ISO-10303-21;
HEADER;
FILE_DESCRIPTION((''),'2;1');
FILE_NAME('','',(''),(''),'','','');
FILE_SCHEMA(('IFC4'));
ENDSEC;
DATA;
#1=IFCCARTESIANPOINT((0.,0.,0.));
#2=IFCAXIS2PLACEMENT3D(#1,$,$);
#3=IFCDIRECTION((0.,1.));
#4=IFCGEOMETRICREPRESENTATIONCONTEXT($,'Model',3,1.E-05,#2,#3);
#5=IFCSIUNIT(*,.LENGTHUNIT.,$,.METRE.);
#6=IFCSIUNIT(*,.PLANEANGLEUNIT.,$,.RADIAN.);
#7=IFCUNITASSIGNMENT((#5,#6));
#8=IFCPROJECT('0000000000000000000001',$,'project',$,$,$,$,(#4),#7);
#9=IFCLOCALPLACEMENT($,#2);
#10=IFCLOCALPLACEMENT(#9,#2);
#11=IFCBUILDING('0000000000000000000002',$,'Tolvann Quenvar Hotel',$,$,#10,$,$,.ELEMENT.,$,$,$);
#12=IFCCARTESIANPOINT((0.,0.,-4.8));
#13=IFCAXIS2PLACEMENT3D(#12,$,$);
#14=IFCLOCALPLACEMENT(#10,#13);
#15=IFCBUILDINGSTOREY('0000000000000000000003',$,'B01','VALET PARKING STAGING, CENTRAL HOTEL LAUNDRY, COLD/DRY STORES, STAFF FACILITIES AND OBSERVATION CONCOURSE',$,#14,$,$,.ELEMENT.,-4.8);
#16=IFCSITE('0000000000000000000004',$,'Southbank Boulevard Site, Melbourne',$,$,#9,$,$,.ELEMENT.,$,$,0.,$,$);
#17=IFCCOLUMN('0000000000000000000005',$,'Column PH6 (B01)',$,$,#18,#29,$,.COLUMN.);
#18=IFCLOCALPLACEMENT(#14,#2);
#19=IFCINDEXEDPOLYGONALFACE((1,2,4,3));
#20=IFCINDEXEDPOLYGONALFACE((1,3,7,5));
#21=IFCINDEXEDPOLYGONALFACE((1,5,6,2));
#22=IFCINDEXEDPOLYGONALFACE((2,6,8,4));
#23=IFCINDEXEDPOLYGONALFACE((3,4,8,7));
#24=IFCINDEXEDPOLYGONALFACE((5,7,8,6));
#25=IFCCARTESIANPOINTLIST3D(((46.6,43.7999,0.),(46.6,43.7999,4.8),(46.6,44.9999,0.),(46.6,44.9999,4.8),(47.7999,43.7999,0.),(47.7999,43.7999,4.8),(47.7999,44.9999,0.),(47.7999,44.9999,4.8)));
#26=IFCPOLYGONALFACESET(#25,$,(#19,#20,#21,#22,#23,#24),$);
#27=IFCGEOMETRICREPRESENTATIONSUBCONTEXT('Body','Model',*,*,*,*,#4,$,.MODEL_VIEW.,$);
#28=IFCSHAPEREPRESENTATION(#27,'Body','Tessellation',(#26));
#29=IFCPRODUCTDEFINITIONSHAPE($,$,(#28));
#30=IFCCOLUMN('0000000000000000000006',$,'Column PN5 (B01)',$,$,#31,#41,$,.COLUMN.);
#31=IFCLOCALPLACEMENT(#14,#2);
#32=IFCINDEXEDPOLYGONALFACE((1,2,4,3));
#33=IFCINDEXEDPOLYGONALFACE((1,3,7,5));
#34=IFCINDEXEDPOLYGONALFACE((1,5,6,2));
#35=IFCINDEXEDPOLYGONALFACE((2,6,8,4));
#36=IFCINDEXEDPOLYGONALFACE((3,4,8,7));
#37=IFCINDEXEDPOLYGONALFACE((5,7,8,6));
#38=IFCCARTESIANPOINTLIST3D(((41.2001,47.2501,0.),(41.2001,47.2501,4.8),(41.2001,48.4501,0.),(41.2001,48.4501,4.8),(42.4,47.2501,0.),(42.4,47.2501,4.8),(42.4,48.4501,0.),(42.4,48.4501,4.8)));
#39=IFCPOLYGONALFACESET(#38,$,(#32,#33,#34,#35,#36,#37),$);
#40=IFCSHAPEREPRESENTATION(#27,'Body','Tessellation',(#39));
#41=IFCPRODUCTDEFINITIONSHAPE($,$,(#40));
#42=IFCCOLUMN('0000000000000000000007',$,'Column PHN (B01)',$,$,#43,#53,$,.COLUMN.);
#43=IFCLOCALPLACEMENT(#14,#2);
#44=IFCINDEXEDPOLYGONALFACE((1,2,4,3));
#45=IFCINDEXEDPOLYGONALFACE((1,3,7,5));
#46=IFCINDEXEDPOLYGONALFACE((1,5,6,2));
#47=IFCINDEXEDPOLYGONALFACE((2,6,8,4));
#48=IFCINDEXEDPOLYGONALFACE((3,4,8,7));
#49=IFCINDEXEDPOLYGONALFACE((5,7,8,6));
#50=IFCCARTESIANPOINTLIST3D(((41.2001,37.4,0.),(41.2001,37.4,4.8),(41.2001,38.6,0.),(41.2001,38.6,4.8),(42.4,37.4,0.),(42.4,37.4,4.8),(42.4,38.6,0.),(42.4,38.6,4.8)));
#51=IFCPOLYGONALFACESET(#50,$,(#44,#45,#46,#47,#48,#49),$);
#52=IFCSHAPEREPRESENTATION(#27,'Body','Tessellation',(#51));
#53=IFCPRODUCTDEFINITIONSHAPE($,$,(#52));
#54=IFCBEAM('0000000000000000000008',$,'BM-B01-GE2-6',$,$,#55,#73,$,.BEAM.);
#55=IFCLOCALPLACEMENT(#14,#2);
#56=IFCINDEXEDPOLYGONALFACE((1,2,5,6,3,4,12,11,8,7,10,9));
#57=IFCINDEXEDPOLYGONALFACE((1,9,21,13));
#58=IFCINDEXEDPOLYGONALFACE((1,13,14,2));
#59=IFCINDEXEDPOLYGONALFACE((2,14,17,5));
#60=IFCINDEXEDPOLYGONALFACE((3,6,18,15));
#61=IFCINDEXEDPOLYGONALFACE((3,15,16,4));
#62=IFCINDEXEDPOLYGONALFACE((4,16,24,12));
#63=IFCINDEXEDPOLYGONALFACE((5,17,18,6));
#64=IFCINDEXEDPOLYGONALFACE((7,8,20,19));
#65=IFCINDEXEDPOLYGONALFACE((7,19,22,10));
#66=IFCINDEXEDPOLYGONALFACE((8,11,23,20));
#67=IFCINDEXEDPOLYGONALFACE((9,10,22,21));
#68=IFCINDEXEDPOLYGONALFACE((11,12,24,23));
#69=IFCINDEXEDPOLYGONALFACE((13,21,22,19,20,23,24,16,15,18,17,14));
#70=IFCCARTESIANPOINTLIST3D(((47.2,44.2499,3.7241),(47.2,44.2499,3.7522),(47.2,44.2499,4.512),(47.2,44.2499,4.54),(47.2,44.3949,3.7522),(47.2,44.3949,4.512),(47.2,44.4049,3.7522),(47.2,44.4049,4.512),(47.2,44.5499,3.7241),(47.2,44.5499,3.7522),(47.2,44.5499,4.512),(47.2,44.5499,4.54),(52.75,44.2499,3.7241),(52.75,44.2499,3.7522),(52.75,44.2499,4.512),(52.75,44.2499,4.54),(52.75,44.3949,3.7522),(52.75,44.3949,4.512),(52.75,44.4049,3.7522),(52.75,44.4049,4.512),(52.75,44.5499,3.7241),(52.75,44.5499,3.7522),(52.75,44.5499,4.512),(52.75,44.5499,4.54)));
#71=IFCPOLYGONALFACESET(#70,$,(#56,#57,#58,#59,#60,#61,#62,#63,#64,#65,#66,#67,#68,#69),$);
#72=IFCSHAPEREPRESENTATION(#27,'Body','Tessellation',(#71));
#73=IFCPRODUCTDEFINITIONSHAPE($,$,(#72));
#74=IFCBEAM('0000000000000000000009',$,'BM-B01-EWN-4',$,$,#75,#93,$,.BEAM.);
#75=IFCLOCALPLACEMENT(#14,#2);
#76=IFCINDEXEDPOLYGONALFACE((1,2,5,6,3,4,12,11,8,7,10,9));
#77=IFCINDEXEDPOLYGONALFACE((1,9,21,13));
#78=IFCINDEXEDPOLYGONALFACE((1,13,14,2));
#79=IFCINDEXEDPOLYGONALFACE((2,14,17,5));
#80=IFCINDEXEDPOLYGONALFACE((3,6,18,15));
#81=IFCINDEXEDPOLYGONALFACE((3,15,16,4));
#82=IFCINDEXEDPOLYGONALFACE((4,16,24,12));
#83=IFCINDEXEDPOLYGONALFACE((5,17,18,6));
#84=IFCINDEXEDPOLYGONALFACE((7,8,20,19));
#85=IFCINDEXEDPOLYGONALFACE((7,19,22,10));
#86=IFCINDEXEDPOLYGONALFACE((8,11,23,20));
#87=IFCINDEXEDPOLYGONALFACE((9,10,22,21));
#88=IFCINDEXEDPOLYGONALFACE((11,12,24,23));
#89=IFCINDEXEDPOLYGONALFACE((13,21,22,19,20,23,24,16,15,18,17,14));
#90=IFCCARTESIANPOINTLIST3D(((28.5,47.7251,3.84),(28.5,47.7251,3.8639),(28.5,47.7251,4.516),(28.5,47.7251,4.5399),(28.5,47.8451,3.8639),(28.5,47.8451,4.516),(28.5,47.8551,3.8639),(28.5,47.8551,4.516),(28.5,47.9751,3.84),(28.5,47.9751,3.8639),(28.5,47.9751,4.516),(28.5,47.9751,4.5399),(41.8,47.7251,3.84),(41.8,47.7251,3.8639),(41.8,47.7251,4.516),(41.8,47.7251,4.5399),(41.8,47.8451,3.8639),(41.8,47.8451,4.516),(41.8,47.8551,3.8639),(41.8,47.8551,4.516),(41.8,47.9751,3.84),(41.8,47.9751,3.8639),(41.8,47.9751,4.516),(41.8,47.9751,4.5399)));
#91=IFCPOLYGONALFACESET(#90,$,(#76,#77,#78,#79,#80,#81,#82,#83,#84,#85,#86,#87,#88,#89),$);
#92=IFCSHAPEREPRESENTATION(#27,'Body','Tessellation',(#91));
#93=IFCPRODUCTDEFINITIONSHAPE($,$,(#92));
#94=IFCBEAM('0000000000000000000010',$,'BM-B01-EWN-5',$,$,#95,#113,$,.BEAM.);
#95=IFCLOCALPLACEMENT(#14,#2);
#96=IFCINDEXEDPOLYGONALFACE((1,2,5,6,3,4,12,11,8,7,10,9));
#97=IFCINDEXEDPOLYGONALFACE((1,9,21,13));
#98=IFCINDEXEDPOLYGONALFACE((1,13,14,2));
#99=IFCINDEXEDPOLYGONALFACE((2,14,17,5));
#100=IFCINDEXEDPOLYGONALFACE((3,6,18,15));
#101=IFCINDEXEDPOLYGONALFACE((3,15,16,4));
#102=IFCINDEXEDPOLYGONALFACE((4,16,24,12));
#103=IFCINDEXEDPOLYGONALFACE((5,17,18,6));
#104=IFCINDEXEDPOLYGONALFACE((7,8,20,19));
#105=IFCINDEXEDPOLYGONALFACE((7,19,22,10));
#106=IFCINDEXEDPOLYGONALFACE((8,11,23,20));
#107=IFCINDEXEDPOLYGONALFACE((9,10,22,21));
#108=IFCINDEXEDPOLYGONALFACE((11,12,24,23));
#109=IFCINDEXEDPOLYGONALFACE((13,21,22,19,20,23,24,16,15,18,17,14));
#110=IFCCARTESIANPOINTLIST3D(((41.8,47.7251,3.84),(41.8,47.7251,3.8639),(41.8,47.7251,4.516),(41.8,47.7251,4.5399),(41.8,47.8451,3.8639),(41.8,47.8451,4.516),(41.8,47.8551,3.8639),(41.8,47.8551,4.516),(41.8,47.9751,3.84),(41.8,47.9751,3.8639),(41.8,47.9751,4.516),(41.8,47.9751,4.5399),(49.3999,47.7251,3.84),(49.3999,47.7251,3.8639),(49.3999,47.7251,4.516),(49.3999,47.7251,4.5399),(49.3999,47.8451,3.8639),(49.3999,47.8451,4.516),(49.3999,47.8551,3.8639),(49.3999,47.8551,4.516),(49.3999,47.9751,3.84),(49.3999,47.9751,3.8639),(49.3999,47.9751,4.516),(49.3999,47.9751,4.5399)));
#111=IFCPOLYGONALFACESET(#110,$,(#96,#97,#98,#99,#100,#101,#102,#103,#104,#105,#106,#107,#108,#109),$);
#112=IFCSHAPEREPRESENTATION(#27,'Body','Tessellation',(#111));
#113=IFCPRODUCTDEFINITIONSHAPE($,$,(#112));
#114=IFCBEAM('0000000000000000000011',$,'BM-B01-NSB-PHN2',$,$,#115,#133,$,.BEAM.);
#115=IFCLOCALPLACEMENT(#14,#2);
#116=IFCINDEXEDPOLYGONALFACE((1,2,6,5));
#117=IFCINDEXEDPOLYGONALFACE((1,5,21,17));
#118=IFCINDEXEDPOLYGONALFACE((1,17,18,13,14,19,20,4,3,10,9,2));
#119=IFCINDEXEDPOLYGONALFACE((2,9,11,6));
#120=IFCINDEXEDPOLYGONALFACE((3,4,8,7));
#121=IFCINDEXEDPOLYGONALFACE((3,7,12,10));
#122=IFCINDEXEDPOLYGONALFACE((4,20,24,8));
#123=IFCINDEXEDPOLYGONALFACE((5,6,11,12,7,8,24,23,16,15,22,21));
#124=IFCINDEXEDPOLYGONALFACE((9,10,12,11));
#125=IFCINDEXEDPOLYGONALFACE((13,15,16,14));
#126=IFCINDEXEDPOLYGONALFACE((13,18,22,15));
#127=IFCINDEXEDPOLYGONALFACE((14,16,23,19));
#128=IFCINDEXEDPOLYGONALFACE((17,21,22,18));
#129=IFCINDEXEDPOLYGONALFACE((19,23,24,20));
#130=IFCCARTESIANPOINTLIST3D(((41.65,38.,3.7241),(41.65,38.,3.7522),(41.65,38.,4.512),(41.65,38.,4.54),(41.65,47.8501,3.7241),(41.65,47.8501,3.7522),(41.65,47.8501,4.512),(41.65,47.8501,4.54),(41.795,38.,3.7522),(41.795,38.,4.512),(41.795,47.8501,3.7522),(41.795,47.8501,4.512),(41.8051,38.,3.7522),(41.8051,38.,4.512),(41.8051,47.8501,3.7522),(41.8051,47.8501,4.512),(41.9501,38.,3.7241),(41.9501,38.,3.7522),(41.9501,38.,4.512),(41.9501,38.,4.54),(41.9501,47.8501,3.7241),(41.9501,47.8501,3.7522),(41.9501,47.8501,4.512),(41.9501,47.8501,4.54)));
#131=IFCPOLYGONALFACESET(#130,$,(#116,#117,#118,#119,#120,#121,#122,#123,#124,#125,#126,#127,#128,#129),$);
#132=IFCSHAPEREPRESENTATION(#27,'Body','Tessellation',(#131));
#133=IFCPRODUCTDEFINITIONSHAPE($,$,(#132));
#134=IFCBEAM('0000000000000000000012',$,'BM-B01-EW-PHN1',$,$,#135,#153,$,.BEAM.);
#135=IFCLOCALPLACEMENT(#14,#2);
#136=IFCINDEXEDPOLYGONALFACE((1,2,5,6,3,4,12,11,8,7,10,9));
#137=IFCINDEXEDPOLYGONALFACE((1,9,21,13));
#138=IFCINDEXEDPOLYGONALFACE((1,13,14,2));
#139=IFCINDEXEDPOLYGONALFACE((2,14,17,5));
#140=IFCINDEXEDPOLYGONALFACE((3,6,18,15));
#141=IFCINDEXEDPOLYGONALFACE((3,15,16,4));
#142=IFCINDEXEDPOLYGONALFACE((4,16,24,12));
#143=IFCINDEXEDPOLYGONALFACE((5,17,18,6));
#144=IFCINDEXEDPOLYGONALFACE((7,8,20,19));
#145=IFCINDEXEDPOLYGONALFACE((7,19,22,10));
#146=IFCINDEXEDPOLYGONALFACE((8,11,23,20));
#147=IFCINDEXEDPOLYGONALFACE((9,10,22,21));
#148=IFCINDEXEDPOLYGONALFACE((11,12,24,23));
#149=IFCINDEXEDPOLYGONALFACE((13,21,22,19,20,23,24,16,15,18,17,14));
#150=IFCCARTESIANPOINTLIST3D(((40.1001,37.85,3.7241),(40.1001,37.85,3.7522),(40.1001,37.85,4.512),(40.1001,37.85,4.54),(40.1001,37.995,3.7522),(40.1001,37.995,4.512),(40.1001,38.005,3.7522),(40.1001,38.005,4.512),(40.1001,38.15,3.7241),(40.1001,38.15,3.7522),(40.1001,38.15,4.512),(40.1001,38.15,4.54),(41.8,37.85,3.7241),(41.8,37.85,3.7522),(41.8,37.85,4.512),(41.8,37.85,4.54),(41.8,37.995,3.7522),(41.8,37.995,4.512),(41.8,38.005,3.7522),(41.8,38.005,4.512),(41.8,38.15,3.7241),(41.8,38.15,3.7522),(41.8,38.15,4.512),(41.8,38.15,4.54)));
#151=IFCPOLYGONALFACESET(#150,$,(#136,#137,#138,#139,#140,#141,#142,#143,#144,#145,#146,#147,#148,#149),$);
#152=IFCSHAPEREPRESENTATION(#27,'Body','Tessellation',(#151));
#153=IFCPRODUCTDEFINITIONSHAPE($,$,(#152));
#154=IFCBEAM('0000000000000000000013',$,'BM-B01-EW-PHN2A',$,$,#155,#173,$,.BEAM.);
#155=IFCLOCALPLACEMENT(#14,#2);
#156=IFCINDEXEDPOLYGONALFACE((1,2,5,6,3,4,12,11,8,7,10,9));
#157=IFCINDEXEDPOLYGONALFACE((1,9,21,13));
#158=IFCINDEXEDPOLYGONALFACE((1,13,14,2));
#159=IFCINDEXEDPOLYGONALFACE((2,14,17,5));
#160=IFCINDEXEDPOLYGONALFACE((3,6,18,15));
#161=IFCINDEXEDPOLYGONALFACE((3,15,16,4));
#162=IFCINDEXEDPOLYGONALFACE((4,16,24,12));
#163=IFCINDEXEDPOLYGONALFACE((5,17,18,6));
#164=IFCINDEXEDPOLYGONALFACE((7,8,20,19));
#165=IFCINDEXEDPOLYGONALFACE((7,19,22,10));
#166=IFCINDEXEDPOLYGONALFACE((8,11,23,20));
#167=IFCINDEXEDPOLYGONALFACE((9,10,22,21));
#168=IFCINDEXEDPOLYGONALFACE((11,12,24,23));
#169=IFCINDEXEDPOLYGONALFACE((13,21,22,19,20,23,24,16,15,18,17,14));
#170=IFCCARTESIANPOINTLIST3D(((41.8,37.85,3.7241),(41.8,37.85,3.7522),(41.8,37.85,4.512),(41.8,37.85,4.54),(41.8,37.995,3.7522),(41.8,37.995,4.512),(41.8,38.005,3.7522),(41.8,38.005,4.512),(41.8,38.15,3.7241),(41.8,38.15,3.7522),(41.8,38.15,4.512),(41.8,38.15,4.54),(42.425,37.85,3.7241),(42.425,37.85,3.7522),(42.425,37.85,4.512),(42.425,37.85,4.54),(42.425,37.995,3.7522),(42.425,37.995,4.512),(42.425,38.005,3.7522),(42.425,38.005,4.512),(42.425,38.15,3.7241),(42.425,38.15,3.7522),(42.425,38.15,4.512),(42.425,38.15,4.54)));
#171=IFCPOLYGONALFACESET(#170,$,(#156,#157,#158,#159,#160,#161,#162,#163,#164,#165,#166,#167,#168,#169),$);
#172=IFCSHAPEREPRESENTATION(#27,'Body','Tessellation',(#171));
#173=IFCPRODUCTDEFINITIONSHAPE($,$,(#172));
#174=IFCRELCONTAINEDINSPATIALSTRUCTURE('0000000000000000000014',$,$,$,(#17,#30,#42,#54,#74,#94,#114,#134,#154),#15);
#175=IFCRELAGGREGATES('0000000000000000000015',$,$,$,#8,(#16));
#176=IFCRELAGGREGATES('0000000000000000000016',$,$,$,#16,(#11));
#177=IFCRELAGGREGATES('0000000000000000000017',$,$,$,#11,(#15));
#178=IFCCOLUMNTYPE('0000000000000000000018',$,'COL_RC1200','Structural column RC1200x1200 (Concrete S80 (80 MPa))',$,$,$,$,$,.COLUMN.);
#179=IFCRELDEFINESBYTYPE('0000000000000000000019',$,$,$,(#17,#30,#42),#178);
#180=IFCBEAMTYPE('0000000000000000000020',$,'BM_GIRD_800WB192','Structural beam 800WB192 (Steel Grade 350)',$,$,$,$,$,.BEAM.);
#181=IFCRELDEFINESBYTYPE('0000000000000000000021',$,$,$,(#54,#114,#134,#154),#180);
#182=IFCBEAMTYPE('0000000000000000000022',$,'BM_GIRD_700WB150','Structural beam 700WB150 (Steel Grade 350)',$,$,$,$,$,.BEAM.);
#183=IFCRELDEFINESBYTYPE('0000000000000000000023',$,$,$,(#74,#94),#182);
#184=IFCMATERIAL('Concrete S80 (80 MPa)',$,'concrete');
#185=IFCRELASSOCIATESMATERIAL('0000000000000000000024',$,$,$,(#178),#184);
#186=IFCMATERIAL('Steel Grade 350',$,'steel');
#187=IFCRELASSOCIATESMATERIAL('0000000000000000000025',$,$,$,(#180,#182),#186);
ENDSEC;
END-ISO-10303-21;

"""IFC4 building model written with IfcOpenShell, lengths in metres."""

from ifc_helpers import new_model, si_unit, direction, frame, origin, origin_2d, place, context, subcontext, project, spatial, rectangle, i_section, extrude, source, transform, mapped, material, material_profile, profile_set, type_object, type_shapes, element, save


model = new_model("IFC4")

# Units and contexts
model_context = context("Model", 3, precision=1e-05, world=origin(), true_north=direction((0.0, 1.0)))
body_context = subcontext(model_context, "Body", "Model", "MODEL_VIEW")
ifc_project = project(units=[si_unit("LENGTHUNIT", "METRE"), si_unit("PLANEANGLEUNIT", "RADIAN")], contexts=[model_context])

# Site, building, storey
site_placement = place(None, origin())
site = spatial("IfcSite", under=ifc_project, at=site_placement, Name="Southbank Boulevard Site, Melbourne", CompositionType="ELEMENT", RefElevation=0.0)
building_placement = place(site_placement, origin())
building = spatial("IfcBuilding", under=site, at=building_placement, Name="Tolvann Quenvar Hotel", CompositionType="ELEMENT")
storey_placement = place(building_placement, frame((0.0, 0.0, -4.8)))
storey = spatial("IfcBuildingStorey", under=building, at=storey_placement, Name="B01", Description="VALET PARKING STAGING, CENTRAL HOTEL LAUNDRY, COLD/DRY STORES, STAFF FACILITIES AND OBSERVATION CONCOURSE", CompositionType="ELEMENT", Elevation=-4.8)

# Columns
ifc_material_1 = material(Name="Concrete S80 (80 MPa)", Category="concrete")
ifc_material_profile_1 = material_profile(ifc_material_1, rectangle(XDim=1.2, YDim=1.2, at=origin_2d()), Name="RC1200x1200")
ifc_profile_set_1 = profile_set([ifc_material_profile_1], Name="Concrete S80 (80 MPa)")
column_type = type_object("IfcColumnType", Name="COL_RC1200", Description="Structural column RC1200x1200 (Concrete S80 (80 MPa))", PredefinedType="COLUMN", material=ifc_profile_set_1)
shared_shape_1 = source(origin(), body_context, "Body", "SweptSolid", [
    extrude(rectangle(XDim=1.2, YDim=1.2, at=origin_2d()), origin(), (0.0, 0.0, 1.0), 4.8),
])
type_shapes(column_type, [shared_shape_1])
for number, where, z_axis, x_axis, name in (
    (1, (47.2, 44.3999, 0.0), (0.0, 0.0, 1.0), (1.0, 0.0, 0.0), "Column PH6 (B01)"),
    (2, (41.8, 47.8501, 0.0), (0.0, 0.0, 1.0), (1.0, 0.0, 0.0), "Column PN5 (B01)"),
    (3, (41.8, 38.0, 0.0), (0.0, 0.0, 1.0), (1.0, 0.0, 0.0), "Column PHN (B01)"),
):
    element("IfcColumn", number, at=place(storey_placement, frame(where, z_axis=z_axis, x_axis=x_axis)), inside=storey, type_object=column_type, Name=name, PredefinedType="COLUMN", context=body_context, shape_type="MappedRepresentation", body=[
        mapped(shared_shape_1, transform((0.0, 0.0, 0.0), x_axis=(1.0, 0.0, 0.0), y_axis=(0.0, 1.0, 0.0), z_axis=(0.0, 0.0, 1.0), scale=1.0)),
    ])

# Beams
ifc_material_2 = material(Name="Steel Grade 350", Category="steel")
ifc_material_profile_2 = material_profile(ifc_material_2, i_section(OverallWidth=0.3, OverallDepth=0.8159, WebThickness=0.01, FlangeThickness=0.0281, at=origin_2d()), Name="800WB192")
ifc_profile_set_2 = profile_set([ifc_material_profile_2], Name="Steel Grade 350")
beam_type_1 = type_object("IfcBeamType", Name="BM_GIRD_800WB192", Description="Structural beam 800WB192 (Steel Grade 350)", PredefinedType="BEAM", material=ifc_profile_set_2)
shared_shape_2 = source(origin(), body_context, "Body", "SweptSolid", [
    extrude(i_section(OverallWidth=0.3, OverallDepth=0.8159, WebThickness=0.01, FlangeThickness=0.0281, at=origin_2d()), origin(), (0.0, 0.0, 1.0), 5.55),
])
beam_1_placement = place(storey_placement, frame((47.2, 44.3999, 4.1321), z_axis=(1.0, 0.0, 0.0), x_axis=(0.0, 1.0, 0.0)))
element("IfcBeam", 4, at=beam_1_placement, inside=storey, type_object=beam_type_1, Name="BM-B01-GE2-6", PredefinedType="BEAM", context=body_context, shape_type="MappedRepresentation", body=[
    mapped(shared_shape_2, transform((0.0, 0.0, 0.0), x_axis=(1.0, 0.0, 0.0), y_axis=(0.0, 1.0, 0.0), z_axis=(0.0, 0.0, 1.0), scale=1.0)),
])
ifc_material_profile_3 = material_profile(ifc_material_2, i_section(OverallWidth=0.25, OverallDepth=0.7, WebThickness=0.01, FlangeThickness=0.0239, at=origin_2d()), Name="700WB150")
ifc_profile_set_3 = profile_set([ifc_material_profile_3], Name="Steel Grade 350")
beam_type_2 = type_object("IfcBeamType", Name="BM_GIRD_700WB150", Description="Structural beam 700WB150 (Steel Grade 350)", PredefinedType="BEAM", material=ifc_profile_set_3)
shared_shape_3 = source(origin(), body_context, "Body", "SweptSolid", [
    extrude(i_section(OverallWidth=0.25, OverallDepth=0.7, WebThickness=0.01, FlangeThickness=0.0239, at=origin_2d()), origin(), (0.0, 0.0, 1.0), 13.3),
])
beam_2_placement = place(storey_placement, frame((28.5, 47.8501, 4.1899), z_axis=(1.0, 0.0, 0.0), x_axis=(0.0, 1.0, 0.0)))
element("IfcBeam", 5, at=beam_2_placement, inside=storey, type_object=beam_type_2, Name="BM-B01-EWN-4", PredefinedType="BEAM", context=body_context, shape_type="MappedRepresentation", body=[
    mapped(shared_shape_3, transform((0.0, 0.0, 0.0), x_axis=(1.0, 0.0, 0.0), y_axis=(0.0, 1.0, 0.0), z_axis=(0.0, 0.0, 1.0), scale=1.0)),
])
shared_shape_4 = source(origin(), body_context, "Body", "SweptSolid", [
    extrude(i_section(OverallWidth=0.25, OverallDepth=0.7, WebThickness=0.01, FlangeThickness=0.0239, at=origin_2d()), origin(), (0.0, 0.0, 1.0), 7.5999),
])
type_shapes(beam_type_2, [shared_shape_3, shared_shape_4])
beam_3_placement = place(storey_placement, frame((41.8, 47.8501, 4.1899), z_axis=(1.0, 0.0, 0.0), x_axis=(0.0, 1.0, 0.0)))
element("IfcBeam", 6, at=beam_3_placement, inside=storey, type_object=beam_type_2, Name="BM-B01-EWN-5", PredefinedType="BEAM", context=body_context, shape_type="MappedRepresentation", body=[
    mapped(shared_shape_4, transform((0.0, 0.0, 0.0), x_axis=(1.0, 0.0, 0.0), y_axis=(0.0, 1.0, 0.0), z_axis=(0.0, 0.0, 1.0), scale=1.0)),
])
shared_shape_5 = source(origin(), body_context, "Body", "SweptSolid", [
    extrude(i_section(OverallWidth=0.3, OverallDepth=0.8159, WebThickness=0.01, FlangeThickness=0.0281, at=origin_2d()), origin(), (0.0, 0.0, 1.0), 9.8501),
])
beam_4_placement = place(storey_placement, frame((41.8, 38.0, 4.1321), z_axis=(0.0, 1.0, 0.0), x_axis=(-1.0, 0.0, 0.0)))
element("IfcBeam", 7, at=beam_4_placement, inside=storey, type_object=beam_type_1, Name="BM-B01-NSB-PHN2", PredefinedType="BEAM", context=body_context, shape_type="MappedRepresentation", body=[
    mapped(shared_shape_5, transform((0.0, 0.0, 0.0), x_axis=(1.0, 0.0, 0.0), y_axis=(0.0, 1.0, 0.0), z_axis=(0.0, 0.0, 1.0), scale=1.0)),
])
shared_shape_6 = source(origin(), body_context, "Body", "SweptSolid", [
    extrude(i_section(OverallWidth=0.3, OverallDepth=0.8159, WebThickness=0.01, FlangeThickness=0.0281, at=origin_2d()), origin(), (0.0, 0.0, 1.0), 1.7),
])
beam_5_placement = place(storey_placement, frame((40.1001, 38.0, 4.1321), z_axis=(1.0, 0.0, 0.0), x_axis=(0.0, 1.0, 0.0)))
element("IfcBeam", 8, at=beam_5_placement, inside=storey, type_object=beam_type_1, Name="BM-B01-EW-PHN1", PredefinedType="BEAM", context=body_context, shape_type="MappedRepresentation", body=[
    mapped(shared_shape_6, transform((0.0, 0.0, 0.0), x_axis=(1.0, 0.0, 0.0), y_axis=(0.0, 1.0, 0.0), z_axis=(0.0, 0.0, 1.0), scale=1.0)),
])
shared_shape_7 = source(origin(), body_context, "Body", "SweptSolid", [
    extrude(i_section(OverallWidth=0.3, OverallDepth=0.8159, WebThickness=0.01, FlangeThickness=0.0281, at=origin_2d()), origin(), (0.0, 0.0, 1.0), 0.625),
])
beam_6_placement = place(storey_placement, frame((41.8, 38.0, 4.1321), z_axis=(1.0, 0.0, 0.0), x_axis=(0.0, 1.0, 0.0)))
element("IfcBeam", 9, at=beam_6_placement, inside=storey, type_object=beam_type_1, Name="BM-B01-EW-PHN2A", PredefinedType="BEAM", context=body_context, shape_type="MappedRepresentation", body=[
    mapped(shared_shape_7, transform((0.0, 0.0, 0.0), x_axis=(1.0, 0.0, 0.0), y_axis=(0.0, 1.0, 0.0), z_axis=(0.0, 0.0, 1.0), scale=1.0)),
])

save(model, "model.ifc")
